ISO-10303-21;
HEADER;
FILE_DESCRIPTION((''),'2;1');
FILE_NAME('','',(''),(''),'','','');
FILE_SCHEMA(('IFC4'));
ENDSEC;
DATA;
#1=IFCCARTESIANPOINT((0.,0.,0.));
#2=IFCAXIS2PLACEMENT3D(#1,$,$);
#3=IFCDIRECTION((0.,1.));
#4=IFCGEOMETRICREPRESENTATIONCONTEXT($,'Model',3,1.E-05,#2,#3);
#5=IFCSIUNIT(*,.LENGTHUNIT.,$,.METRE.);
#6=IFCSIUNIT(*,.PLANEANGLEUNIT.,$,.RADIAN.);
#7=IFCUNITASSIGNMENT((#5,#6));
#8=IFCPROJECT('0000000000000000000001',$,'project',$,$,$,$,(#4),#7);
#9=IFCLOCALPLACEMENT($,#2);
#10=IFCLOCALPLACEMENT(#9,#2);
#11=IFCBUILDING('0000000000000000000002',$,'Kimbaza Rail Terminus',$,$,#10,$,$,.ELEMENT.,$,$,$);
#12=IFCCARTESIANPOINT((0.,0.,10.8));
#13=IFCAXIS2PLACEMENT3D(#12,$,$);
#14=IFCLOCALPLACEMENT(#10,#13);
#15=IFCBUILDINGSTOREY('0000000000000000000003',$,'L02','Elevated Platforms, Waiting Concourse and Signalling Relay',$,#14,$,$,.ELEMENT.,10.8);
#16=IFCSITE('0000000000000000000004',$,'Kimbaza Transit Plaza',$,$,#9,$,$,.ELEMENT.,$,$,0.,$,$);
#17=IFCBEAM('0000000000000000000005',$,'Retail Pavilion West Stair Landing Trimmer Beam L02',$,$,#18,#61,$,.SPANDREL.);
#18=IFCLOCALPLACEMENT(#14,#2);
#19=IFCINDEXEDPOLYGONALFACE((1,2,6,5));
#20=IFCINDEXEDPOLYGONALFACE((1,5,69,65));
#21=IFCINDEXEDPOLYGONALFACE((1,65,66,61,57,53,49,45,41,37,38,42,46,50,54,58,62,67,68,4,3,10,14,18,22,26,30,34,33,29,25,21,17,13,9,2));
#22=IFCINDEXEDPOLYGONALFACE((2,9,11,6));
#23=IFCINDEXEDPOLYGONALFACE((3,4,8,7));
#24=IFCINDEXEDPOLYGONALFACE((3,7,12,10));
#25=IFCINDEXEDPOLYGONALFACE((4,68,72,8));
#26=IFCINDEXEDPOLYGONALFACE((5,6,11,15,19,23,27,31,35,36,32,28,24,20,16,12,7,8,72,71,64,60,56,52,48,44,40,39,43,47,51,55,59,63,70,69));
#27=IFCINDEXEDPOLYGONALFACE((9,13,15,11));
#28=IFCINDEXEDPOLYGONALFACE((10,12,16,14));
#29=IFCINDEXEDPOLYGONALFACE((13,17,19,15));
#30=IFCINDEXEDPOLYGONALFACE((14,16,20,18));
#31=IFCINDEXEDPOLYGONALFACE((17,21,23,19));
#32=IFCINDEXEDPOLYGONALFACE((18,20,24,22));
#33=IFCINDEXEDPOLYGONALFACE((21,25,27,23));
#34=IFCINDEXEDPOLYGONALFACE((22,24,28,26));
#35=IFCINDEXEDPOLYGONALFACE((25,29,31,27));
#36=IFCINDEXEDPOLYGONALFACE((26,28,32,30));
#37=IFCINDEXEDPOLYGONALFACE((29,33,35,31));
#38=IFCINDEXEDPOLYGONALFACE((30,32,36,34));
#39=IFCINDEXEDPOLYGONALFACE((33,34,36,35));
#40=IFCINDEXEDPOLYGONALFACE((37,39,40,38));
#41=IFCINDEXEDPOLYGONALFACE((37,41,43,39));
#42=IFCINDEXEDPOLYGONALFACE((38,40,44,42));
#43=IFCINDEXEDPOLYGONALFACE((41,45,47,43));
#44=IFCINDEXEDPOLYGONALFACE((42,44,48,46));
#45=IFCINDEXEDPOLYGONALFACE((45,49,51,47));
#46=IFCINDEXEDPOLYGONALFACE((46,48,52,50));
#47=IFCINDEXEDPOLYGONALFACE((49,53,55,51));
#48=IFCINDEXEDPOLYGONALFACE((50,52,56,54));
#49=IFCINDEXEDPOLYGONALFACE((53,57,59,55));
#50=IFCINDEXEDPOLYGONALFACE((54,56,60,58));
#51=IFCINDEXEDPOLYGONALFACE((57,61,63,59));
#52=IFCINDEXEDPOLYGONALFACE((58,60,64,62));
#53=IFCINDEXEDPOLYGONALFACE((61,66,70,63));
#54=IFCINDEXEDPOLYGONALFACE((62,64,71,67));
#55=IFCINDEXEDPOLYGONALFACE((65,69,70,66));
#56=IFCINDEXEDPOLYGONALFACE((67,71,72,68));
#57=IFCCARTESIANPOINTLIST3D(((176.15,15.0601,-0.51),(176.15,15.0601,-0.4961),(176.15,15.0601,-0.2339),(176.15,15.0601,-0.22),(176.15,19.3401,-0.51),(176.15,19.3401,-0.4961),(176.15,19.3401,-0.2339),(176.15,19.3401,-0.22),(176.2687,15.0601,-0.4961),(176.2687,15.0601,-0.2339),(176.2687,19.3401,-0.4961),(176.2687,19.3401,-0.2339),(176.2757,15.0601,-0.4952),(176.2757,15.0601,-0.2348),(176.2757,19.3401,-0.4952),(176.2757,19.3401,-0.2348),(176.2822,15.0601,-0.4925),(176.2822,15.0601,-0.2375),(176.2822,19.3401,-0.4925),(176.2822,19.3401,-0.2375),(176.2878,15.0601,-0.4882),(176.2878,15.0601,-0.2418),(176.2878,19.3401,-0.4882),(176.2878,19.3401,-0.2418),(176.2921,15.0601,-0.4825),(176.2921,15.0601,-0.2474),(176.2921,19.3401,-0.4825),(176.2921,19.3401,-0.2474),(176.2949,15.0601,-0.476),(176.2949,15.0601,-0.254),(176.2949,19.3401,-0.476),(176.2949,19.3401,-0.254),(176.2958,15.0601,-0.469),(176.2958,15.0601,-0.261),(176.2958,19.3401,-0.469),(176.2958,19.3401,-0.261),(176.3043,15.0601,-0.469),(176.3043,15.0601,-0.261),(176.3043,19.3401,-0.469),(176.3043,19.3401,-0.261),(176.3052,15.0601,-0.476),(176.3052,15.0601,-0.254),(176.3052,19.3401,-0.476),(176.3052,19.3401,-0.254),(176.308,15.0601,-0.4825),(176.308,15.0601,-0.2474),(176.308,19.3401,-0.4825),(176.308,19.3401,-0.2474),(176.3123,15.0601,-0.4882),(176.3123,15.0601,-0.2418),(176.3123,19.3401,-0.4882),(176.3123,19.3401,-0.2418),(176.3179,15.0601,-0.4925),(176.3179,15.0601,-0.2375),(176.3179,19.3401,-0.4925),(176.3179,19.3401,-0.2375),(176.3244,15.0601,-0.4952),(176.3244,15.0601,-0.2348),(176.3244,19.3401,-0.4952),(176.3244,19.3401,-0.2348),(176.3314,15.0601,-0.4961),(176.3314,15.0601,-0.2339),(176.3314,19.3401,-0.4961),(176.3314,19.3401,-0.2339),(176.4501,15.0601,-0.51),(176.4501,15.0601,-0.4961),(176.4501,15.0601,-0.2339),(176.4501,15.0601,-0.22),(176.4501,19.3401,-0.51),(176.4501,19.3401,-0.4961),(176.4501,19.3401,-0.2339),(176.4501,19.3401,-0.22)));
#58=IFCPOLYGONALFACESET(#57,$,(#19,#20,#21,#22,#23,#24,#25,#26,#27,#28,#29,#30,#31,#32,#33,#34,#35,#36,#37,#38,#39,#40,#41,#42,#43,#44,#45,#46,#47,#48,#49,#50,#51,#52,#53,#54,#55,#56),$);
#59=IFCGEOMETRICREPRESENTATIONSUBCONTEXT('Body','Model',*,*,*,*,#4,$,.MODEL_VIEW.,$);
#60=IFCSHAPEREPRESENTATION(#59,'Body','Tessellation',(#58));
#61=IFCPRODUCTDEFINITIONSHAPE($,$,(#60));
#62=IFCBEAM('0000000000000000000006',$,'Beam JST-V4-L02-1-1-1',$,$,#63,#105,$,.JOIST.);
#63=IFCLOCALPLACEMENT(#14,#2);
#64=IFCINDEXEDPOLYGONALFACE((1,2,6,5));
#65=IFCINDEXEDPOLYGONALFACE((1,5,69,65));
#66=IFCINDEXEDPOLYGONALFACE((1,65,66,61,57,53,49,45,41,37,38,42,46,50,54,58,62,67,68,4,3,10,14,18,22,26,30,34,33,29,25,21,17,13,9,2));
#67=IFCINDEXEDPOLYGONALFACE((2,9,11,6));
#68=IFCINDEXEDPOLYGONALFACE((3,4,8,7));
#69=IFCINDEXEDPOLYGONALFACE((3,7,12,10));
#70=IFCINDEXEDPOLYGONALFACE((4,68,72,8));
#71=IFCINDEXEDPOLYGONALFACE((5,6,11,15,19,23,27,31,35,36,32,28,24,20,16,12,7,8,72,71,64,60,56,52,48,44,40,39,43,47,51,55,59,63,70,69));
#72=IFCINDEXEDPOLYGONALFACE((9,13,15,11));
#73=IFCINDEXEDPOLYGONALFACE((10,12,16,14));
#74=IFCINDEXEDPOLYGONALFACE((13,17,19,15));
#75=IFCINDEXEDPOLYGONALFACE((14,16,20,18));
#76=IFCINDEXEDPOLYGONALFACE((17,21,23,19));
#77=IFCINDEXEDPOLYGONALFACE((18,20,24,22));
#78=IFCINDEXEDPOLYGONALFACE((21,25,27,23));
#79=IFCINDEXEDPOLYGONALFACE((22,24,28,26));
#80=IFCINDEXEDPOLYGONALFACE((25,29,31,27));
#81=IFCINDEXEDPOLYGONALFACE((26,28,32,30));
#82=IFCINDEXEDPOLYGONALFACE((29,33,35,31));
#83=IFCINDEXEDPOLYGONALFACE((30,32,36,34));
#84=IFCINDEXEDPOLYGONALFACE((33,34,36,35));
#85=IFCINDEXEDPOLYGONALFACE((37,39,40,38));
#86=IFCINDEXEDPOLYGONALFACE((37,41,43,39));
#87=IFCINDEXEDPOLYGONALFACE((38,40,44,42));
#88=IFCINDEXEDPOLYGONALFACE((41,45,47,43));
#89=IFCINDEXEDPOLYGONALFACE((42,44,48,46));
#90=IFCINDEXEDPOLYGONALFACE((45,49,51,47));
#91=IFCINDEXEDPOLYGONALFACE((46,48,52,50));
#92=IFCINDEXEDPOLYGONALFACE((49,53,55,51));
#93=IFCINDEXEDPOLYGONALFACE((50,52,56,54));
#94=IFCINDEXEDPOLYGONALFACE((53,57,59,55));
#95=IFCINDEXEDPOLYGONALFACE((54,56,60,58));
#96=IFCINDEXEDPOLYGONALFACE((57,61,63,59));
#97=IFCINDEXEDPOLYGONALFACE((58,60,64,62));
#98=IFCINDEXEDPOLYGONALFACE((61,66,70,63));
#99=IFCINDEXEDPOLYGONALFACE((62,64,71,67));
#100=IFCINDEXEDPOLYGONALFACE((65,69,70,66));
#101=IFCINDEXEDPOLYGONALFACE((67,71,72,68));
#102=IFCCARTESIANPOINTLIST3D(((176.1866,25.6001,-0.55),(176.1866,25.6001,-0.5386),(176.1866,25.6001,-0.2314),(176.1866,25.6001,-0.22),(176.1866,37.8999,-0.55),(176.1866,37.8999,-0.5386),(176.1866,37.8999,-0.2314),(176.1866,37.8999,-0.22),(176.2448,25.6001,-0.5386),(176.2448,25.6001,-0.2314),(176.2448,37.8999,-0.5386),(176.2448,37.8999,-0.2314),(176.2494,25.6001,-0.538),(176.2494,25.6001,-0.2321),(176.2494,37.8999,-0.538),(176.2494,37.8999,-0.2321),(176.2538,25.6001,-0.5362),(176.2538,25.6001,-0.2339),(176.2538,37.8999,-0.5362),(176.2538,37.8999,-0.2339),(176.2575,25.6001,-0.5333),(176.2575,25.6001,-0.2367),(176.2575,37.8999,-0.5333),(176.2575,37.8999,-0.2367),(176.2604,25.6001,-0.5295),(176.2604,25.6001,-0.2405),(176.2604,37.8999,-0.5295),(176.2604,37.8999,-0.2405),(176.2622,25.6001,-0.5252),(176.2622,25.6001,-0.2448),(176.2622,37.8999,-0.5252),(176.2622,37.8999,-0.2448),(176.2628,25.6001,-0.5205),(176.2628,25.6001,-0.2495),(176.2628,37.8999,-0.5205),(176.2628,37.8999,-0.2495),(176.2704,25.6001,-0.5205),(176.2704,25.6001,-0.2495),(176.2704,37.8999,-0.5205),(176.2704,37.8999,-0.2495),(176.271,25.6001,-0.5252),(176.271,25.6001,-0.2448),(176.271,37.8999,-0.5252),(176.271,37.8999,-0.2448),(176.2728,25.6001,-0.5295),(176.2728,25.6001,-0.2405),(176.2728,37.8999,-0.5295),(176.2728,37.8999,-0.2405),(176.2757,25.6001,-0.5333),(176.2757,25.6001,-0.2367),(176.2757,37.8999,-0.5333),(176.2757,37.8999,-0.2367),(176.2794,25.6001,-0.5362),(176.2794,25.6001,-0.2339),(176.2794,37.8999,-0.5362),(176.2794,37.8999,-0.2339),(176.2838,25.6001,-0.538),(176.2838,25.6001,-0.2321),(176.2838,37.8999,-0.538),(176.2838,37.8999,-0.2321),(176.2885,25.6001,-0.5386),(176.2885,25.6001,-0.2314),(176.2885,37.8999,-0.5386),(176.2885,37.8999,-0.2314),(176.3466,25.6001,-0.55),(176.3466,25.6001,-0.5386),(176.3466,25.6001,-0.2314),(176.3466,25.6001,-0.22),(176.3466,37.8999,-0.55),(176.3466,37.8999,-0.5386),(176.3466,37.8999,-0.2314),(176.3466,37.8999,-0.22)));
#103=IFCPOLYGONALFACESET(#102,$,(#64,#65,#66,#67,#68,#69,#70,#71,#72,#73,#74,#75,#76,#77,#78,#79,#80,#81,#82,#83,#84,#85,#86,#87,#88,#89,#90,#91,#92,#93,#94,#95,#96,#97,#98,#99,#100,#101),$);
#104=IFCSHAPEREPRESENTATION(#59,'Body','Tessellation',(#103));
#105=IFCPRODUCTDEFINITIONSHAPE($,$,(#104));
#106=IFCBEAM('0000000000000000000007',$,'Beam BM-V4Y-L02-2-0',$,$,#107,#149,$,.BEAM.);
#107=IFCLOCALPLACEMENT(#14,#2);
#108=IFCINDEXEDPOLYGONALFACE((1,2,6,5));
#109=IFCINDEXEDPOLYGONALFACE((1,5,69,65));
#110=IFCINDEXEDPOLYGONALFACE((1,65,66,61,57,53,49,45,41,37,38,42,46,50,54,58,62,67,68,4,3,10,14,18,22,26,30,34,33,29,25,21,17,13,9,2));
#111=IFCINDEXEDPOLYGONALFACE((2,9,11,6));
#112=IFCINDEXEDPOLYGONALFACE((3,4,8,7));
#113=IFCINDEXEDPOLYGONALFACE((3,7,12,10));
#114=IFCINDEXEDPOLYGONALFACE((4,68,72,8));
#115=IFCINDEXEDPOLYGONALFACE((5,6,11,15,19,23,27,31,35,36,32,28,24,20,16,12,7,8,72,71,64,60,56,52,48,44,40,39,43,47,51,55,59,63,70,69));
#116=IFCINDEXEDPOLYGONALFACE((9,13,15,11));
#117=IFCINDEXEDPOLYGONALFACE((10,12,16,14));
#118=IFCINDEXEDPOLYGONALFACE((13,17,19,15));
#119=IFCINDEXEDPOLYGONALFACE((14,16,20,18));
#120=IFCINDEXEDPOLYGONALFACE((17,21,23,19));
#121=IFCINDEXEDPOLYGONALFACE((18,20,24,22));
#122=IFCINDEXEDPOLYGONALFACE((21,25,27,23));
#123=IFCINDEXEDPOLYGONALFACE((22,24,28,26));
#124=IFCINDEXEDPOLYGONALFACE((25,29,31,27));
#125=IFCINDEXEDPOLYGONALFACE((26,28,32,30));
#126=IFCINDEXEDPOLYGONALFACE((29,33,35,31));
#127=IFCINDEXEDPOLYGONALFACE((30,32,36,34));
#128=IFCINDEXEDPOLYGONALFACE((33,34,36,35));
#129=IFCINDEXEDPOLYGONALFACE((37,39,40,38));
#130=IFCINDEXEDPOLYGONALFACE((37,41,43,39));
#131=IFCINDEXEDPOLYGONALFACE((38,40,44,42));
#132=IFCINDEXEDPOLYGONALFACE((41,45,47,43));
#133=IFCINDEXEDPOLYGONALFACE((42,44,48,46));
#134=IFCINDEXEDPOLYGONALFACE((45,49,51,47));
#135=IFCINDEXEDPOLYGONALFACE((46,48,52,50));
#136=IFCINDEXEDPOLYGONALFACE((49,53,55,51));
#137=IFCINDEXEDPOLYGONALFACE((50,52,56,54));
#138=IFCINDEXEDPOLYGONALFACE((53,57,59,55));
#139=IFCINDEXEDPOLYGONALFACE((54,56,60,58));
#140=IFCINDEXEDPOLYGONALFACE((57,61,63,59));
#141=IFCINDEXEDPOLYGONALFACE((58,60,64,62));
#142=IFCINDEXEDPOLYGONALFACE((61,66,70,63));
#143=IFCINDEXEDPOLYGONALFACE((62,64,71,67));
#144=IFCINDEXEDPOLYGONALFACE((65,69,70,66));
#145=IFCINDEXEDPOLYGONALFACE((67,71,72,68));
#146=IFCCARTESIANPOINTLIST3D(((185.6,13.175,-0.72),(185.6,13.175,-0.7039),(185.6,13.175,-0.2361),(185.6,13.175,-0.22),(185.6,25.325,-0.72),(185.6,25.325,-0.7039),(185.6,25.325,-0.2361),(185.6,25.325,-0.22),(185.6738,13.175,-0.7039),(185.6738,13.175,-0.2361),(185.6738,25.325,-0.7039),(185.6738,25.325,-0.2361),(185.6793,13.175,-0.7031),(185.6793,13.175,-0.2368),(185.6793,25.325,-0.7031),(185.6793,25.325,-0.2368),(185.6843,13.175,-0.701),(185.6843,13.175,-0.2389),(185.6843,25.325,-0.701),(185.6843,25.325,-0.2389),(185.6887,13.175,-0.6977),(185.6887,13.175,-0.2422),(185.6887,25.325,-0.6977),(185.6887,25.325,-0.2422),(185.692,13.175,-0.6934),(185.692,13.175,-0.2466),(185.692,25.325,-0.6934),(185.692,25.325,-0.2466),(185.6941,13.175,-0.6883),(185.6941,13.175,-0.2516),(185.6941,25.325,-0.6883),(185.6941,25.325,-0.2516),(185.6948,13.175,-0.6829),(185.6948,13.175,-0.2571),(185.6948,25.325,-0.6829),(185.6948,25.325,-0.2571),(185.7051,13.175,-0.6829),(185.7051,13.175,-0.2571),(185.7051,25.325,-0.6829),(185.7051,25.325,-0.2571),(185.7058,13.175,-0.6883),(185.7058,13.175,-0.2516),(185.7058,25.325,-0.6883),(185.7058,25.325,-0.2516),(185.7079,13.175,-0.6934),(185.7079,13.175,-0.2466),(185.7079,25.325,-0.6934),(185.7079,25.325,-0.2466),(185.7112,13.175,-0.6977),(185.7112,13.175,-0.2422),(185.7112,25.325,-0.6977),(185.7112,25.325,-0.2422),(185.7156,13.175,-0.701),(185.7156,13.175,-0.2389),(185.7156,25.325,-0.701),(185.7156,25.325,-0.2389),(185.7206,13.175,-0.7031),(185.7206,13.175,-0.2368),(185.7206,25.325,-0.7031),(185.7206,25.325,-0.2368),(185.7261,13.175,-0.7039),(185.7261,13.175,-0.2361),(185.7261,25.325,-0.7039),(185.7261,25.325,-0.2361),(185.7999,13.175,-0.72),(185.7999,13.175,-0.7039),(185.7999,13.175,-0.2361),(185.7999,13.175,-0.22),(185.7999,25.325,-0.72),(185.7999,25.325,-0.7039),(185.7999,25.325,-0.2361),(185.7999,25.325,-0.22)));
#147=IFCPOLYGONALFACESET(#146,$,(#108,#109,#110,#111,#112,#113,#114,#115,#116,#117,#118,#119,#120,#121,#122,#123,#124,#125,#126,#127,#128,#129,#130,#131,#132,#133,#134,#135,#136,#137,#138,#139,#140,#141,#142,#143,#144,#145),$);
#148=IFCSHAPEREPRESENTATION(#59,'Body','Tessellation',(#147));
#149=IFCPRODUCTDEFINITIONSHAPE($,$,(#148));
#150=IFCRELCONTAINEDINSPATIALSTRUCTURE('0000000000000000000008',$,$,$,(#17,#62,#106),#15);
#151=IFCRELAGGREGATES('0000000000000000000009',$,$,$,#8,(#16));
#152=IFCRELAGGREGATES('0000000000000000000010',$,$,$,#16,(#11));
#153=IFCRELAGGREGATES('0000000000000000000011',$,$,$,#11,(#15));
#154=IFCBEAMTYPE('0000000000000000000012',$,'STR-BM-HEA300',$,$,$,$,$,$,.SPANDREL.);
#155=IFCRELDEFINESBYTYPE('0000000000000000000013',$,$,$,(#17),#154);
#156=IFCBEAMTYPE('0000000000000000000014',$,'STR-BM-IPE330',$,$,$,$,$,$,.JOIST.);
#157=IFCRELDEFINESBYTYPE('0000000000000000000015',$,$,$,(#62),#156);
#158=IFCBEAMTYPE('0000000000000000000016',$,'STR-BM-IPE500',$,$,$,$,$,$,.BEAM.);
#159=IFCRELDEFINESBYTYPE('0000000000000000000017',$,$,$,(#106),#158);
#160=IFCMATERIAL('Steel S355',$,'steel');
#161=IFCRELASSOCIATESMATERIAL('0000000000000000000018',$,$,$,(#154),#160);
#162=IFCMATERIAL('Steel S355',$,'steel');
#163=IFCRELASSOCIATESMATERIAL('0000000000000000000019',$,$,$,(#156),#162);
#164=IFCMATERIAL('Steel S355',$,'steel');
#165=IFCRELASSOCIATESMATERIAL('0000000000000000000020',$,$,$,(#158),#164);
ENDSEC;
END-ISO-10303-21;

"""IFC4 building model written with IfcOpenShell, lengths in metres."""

from ifc_helpers import new_model, si_unit, direction, frame, origin, origin_2d, place, context, subcontext, project, spatial, i_section, extrude, material, material_profile, profile_set, type_object, element, save


model = new_model("IFC4")

# Units and contexts
model_context = context("Model", 3, precision=1e-05, world=origin(), true_north=direction((0.0, 1.0)))
body_context = subcontext(model_context, "Body", "Model", "MODEL_VIEW")
ifc_project = project(units=[si_unit("LENGTHUNIT", "METRE"), si_unit("PLANEANGLEUNIT", "RADIAN")], contexts=[model_context])

# Site, building, storey
site_placement = place(None, origin())
site = spatial("IfcSite", under=ifc_project, at=site_placement, Name="Kimbaza Transit Plaza", CompositionType="ELEMENT", RefElevation=0.0)
building_placement = place(site_placement, origin())
building = spatial("IfcBuilding", under=site, at=building_placement, Name="Kimbaza Rail Terminus", CompositionType="ELEMENT")
storey_placement = place(building_placement, frame((0.0, 0.0, 10.8)))
storey = spatial("IfcBuildingStorey", under=building, at=storey_placement, Name="L02", Description="Elevated Platforms, Waiting Concourse and Signalling Relay", CompositionType="ELEMENT", Elevation=10.8)

# Beams
ifc_material_1 = material(Name="Steel S355", Category="steel")
ifc_material_profile_1 = material_profile(ifc_material_1, i_section(OverallWidth=0.3, OverallDepth=0.29, WebThickness=0.0085, FlangeThickness=0.0139, FilletRadius=0.0271, at=origin_2d()), Name="HEA 300")
ifc_profile_set_1 = profile_set([ifc_material_profile_1], Name="Steel S355")
beam_type_1 = type_object("IfcBeamType", Name="STR-BM-HEA300", PredefinedType="SPANDREL", material=ifc_profile_set_1)
beam_1_placement = place(storey_placement, frame((176.3, 15.0601, -0.365), z_axis=(0.0, 1.0, 0.0), x_axis=(-1.0, 0.0, 0.0)))
element("IfcBeam", 1, at=beam_1_placement, inside=storey, type_object=beam_type_1, Name="Retail Pavilion West Stair Landing Trimmer Beam L02", PredefinedType="SPANDREL", context=body_context, shape_type="SweptSolid", body=[
    extrude(i_section(OverallWidth=0.3, OverallDepth=0.29, WebThickness=0.0085, FlangeThickness=0.0139, FilletRadius=0.0271, at=origin_2d()), origin(), (0.0, 0.0, 1.0), 4.28),
])
ifc_material_2 = material(Name="Steel S355", Category="steel")
ifc_material_profile_2 = material_profile(ifc_material_2, i_section(OverallWidth=0.1599, OverallDepth=0.3301, WebThickness=0.0076, FlangeThickness=0.0115, FilletRadius=0.0181, at=origin_2d()), Name="IPE 330")
ifc_profile_set_2 = profile_set([ifc_material_profile_2], Name="Steel S355")
beam_type_2 = type_object("IfcBeamType", Name="STR-BM-IPE330", PredefinedType="JOIST", material=ifc_profile_set_2)
beam_2_placement = place(storey_placement, frame((176.2666, 25.6001, -0.385), z_axis=(0.0, 1.0, 0.0), x_axis=(-1.0, 0.0, 0.0)))
element("IfcBeam", 2, at=beam_2_placement, inside=storey, type_object=beam_type_2, Name="Beam JST-V4-L02-1-1-1", PredefinedType="JOIST", context=body_context, shape_type="SweptSolid", body=[
    extrude(i_section(OverallWidth=0.1599, OverallDepth=0.3301, WebThickness=0.0076, FlangeThickness=0.0115, FilletRadius=0.0181, at=origin_2d()), origin(), (0.0, 0.0, 1.0), 12.2998),
])
ifc_material_3 = material(Name="Steel S355", Category="steel")
ifc_material_profile_3 = material_profile(ifc_material_3, i_section(OverallWidth=0.2, OverallDepth=0.5, WebThickness=0.0103, FlangeThickness=0.0161, FilletRadius=0.021, at=origin_2d()), Name="IPE 500")
ifc_profile_set_3 = profile_set([ifc_material_profile_3], Name="Steel S355")
beam_type_3 = type_object("IfcBeamType", Name="STR-BM-IPE500", PredefinedType="BEAM", material=ifc_profile_set_3)
beam_3_placement = place(storey_placement, frame((185.7, 13.175, -0.47), z_axis=(0.0, 1.0, 0.0), x_axis=(-1.0, 0.0, 0.0)))
element("IfcBeam", 3, at=beam_3_placement, inside=storey, type_object=beam_type_3, Name="Beam BM-V4Y-L02-2-0", PredefinedType="BEAM", context=body_context, shape_type="SweptSolid", body=[
    extrude(i_section(OverallWidth=0.2, OverallDepth=0.5, WebThickness=0.0103, FlangeThickness=0.0161, FilletRadius=0.021, at=origin_2d()), origin(), (0.0, 0.0, 1.0), 12.1499),
])

save(model, "model.ifc")
